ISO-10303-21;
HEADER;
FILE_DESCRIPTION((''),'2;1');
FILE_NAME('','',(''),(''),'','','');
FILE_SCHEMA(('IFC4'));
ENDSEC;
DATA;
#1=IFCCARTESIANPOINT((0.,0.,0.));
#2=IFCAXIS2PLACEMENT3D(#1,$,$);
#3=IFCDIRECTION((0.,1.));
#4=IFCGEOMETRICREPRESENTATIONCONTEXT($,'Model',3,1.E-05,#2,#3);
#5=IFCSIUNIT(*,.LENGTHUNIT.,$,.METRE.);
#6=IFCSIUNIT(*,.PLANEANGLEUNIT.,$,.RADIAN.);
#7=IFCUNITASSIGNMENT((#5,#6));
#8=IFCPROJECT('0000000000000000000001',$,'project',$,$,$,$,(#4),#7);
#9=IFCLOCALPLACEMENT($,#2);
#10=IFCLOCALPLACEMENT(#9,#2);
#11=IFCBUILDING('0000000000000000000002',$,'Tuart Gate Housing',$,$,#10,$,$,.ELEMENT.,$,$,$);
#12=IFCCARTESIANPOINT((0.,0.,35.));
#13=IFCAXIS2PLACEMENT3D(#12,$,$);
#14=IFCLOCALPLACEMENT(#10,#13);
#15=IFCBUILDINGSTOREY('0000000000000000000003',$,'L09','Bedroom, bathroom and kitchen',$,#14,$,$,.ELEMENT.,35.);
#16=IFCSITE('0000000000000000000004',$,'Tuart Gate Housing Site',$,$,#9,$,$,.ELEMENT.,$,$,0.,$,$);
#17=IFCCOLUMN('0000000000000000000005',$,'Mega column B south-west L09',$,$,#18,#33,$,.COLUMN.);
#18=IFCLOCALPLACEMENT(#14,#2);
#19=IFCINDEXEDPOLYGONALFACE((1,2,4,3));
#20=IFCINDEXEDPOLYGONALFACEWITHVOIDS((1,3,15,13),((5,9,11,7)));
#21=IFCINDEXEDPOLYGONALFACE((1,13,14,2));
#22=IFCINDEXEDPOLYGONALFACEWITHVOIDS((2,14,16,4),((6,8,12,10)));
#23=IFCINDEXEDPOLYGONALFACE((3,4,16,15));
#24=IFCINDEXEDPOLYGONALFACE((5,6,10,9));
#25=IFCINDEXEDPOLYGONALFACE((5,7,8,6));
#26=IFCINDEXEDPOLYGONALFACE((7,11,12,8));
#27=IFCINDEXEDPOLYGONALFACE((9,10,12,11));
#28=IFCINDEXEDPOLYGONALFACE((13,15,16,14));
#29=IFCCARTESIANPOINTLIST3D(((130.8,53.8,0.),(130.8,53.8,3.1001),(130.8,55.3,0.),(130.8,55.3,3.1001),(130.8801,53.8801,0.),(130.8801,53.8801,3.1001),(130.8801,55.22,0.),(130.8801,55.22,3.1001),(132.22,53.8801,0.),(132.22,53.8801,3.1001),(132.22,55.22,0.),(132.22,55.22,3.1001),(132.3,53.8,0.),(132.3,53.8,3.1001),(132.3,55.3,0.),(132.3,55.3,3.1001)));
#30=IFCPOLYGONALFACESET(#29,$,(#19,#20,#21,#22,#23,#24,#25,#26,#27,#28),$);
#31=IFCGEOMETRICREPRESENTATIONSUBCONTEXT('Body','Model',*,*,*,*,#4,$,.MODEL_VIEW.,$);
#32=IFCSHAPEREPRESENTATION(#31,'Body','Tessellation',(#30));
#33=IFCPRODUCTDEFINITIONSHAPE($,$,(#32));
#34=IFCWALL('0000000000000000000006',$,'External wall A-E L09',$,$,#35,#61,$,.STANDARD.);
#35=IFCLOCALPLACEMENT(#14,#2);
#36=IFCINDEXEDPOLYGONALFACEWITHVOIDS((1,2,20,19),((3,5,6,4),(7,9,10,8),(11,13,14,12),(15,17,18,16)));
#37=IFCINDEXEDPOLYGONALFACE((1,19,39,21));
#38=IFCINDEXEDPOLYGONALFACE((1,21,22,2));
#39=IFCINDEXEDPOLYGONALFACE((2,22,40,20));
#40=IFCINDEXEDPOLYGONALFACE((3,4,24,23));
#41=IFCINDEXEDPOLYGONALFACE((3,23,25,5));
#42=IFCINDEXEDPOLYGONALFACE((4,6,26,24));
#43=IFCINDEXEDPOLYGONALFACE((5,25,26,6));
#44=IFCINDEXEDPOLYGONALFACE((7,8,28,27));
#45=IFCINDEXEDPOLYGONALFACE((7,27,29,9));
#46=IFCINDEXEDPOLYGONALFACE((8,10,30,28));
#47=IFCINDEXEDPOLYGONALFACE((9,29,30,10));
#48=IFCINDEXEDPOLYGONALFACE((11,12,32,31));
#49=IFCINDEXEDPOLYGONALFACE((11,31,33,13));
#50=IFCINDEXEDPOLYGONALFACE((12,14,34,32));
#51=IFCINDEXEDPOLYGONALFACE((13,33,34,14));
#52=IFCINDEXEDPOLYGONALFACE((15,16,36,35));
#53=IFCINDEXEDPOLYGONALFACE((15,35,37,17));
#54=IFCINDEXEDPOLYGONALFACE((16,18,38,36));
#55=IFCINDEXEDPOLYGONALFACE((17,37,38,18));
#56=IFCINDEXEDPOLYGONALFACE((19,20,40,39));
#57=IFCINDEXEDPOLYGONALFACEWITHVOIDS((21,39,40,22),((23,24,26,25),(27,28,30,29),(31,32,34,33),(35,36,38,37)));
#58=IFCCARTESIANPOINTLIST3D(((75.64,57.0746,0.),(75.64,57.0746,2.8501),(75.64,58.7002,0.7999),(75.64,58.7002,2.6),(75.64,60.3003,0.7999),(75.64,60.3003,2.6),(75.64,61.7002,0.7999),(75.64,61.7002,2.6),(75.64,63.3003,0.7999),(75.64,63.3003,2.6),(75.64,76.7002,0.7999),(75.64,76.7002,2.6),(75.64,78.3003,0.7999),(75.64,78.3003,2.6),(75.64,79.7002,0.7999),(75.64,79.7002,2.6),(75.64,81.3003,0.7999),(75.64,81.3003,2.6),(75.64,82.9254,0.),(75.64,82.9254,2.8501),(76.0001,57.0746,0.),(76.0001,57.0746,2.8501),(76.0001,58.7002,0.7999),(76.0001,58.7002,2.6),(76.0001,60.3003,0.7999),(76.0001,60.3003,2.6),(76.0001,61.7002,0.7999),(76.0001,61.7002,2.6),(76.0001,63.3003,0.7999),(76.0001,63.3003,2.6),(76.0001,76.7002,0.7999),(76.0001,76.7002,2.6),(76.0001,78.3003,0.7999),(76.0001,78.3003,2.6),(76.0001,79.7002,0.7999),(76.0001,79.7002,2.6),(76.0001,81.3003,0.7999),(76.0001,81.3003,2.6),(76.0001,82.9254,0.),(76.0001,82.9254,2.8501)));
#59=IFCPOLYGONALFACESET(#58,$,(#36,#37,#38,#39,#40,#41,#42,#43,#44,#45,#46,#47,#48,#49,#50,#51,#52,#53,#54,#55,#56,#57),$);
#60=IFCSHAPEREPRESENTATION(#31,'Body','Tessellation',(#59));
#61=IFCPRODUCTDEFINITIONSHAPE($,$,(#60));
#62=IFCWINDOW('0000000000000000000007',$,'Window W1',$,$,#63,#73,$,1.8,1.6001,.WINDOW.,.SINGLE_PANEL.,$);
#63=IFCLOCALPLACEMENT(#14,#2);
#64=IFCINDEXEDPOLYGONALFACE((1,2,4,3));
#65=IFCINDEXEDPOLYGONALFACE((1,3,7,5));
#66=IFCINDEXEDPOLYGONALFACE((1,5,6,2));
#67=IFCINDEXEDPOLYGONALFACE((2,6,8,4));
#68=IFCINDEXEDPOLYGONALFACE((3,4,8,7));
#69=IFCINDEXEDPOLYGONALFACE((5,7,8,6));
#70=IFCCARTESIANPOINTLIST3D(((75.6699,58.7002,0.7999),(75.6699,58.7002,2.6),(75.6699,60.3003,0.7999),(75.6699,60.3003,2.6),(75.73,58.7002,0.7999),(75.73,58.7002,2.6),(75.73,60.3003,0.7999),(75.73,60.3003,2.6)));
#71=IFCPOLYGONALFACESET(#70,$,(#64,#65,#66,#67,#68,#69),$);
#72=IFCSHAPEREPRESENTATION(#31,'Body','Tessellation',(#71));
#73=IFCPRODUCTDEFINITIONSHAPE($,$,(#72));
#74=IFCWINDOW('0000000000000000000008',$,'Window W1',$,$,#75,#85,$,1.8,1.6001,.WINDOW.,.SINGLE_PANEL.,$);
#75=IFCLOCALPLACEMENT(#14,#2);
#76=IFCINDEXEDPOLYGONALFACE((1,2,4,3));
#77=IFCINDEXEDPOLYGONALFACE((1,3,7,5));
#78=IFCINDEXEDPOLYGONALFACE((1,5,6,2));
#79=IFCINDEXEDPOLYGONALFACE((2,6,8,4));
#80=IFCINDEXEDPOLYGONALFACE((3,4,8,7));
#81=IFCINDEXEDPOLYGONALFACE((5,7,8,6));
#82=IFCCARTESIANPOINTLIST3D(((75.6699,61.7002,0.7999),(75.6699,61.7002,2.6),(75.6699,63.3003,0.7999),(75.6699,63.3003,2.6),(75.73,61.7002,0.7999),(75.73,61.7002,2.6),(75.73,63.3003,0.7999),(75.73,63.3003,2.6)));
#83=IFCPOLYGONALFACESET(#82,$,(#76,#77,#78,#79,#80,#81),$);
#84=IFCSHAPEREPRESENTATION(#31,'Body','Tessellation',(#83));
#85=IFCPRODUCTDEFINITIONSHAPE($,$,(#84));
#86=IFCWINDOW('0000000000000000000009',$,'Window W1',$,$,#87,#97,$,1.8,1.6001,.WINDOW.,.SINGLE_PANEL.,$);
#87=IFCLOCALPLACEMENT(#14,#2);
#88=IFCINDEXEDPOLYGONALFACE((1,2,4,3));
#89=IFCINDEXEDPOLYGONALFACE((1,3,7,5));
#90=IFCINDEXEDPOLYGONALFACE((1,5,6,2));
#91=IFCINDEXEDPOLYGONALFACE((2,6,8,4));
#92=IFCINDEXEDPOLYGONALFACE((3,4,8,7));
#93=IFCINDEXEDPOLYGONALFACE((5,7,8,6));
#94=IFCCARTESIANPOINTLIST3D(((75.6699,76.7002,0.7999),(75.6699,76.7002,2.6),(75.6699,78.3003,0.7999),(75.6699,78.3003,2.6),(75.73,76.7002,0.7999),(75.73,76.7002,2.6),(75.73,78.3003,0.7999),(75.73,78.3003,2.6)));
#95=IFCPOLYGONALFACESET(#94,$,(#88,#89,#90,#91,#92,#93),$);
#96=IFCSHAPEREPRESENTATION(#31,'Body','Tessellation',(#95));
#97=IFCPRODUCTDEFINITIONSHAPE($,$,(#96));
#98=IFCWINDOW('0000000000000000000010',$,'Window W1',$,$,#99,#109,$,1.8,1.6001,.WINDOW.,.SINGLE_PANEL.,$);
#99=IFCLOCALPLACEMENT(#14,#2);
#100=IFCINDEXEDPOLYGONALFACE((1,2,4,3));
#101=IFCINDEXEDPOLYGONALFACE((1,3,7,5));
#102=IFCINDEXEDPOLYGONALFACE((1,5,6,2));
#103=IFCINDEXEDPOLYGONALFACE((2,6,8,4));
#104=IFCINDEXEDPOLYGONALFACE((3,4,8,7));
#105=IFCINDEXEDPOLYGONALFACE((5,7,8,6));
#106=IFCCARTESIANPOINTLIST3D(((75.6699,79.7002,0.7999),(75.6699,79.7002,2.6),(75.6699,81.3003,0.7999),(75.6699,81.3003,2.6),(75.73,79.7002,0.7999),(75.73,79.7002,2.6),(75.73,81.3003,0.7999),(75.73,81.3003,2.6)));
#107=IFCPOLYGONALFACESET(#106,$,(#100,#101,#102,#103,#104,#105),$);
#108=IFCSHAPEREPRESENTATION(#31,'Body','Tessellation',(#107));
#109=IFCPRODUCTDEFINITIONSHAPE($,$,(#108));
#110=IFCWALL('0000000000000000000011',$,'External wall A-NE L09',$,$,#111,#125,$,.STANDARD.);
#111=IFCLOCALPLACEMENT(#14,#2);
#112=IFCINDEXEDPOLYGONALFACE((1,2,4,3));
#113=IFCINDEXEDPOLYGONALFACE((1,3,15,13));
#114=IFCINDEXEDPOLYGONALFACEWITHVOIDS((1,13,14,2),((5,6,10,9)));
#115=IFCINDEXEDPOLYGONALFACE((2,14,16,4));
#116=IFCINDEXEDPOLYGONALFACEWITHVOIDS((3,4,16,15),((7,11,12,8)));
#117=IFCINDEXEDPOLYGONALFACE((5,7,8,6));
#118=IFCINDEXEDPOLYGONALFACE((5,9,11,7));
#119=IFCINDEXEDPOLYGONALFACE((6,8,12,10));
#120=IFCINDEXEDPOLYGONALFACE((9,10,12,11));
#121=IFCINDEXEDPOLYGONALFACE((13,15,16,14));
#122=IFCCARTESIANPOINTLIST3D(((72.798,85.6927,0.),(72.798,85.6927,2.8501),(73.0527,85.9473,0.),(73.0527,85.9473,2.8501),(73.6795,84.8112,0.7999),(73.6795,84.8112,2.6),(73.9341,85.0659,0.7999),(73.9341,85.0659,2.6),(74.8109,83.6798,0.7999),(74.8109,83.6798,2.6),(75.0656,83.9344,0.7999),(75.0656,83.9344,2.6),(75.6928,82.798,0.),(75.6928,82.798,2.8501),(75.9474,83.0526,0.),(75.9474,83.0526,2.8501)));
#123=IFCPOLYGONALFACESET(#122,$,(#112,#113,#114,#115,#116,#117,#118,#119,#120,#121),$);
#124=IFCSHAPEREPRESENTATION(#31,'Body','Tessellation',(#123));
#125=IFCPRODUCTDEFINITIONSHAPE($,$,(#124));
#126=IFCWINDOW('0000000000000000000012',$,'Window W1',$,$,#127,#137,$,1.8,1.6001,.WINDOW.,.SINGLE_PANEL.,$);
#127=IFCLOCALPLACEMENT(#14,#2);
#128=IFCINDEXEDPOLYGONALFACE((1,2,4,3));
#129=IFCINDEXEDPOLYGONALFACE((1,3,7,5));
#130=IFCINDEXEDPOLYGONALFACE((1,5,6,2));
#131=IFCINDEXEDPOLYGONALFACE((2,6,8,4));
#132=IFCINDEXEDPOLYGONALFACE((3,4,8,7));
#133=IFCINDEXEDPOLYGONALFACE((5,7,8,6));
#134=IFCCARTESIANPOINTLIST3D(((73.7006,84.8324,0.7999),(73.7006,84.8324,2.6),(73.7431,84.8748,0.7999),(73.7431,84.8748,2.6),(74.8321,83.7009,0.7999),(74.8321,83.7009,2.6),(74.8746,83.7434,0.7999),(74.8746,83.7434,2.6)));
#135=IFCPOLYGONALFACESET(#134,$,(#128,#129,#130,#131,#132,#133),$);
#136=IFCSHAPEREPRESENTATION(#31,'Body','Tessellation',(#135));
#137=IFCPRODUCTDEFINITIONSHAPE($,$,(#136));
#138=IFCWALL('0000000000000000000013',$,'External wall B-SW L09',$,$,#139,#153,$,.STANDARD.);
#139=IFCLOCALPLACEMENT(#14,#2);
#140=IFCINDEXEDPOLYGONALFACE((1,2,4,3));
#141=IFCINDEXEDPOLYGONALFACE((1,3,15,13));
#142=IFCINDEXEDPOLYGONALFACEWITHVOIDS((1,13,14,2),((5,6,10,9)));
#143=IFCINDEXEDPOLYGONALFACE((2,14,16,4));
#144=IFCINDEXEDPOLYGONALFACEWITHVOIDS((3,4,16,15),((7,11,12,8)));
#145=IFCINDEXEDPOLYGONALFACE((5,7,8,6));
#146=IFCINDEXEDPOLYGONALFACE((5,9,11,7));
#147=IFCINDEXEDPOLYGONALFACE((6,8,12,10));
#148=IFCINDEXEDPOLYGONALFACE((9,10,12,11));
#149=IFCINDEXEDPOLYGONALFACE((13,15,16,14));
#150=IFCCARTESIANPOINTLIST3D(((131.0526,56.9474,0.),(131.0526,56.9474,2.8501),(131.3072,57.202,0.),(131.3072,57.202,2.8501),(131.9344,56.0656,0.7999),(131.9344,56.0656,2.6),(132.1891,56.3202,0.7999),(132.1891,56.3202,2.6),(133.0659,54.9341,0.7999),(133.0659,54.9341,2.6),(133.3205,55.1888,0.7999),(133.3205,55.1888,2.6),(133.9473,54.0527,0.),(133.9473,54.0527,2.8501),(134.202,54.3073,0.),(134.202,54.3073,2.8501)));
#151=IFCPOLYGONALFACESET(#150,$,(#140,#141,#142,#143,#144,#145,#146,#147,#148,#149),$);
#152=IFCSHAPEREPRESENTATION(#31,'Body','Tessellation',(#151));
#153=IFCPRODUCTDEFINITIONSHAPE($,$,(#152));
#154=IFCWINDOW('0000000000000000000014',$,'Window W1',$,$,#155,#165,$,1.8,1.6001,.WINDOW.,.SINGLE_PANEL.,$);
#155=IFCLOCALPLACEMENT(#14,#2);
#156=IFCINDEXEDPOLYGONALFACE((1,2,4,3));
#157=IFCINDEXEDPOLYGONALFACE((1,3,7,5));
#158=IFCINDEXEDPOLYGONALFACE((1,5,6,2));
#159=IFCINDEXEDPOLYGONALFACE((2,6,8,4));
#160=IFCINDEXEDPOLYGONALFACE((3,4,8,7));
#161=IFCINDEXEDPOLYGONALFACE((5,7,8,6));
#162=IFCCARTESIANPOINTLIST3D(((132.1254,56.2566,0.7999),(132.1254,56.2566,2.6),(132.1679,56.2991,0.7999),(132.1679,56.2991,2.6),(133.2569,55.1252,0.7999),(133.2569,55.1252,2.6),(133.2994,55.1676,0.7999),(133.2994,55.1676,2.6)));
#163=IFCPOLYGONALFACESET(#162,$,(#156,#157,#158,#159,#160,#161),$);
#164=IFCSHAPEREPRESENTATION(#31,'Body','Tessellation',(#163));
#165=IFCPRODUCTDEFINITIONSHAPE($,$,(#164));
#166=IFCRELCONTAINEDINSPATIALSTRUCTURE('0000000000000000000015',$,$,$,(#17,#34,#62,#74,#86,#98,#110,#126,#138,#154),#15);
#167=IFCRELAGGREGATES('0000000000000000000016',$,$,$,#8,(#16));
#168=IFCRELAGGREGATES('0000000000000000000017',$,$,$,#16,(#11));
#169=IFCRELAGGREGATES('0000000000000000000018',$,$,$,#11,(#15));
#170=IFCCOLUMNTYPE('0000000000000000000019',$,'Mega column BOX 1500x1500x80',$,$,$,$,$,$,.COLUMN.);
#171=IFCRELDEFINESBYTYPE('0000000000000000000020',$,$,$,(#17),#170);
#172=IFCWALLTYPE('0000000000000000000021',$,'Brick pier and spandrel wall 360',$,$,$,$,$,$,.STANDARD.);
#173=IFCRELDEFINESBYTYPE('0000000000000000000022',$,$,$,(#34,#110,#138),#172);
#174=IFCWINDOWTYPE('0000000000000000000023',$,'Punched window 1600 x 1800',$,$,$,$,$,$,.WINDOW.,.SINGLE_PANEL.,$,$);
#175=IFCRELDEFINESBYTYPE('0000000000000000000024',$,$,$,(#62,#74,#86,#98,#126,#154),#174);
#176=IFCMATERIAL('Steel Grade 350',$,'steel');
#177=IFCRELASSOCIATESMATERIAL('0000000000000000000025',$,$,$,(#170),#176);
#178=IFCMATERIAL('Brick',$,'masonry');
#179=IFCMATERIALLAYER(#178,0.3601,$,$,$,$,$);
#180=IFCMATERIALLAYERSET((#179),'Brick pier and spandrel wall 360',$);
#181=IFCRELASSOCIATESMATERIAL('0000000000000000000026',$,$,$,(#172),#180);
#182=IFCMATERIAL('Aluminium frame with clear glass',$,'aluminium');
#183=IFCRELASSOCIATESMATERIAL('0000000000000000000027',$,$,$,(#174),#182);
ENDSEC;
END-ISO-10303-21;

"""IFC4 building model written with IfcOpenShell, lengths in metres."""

from ifc_helpers import new_model, si_unit, direction, frame, frame_2d, origin, origin_2d, place, context, subcontext, project, spatial, rectangle, hollow_rectangle, extrude, material, layer, layer_set, material_profile, profile_set, type_object, element, fill, save


model = new_model("IFC4")

# Units and contexts
model_context = context("Model", 3, precision=1e-05, world=origin(), true_north=direction((0.0, 1.0)))
body_context = subcontext(model_context, "Body", "Model", "MODEL_VIEW")
ifc_project = project(units=[si_unit("LENGTHUNIT", "METRE"), si_unit("PLANEANGLEUNIT", "RADIAN")], contexts=[model_context])

# Site, building, storey
site_placement = place(None, origin())
site = spatial("IfcSite", under=ifc_project, at=site_placement, Name="Tuart Gate Housing Site", CompositionType="ELEMENT", RefElevation=0.0)
building_placement = place(site_placement, origin())
building = spatial("IfcBuilding", under=site, at=building_placement, Name="Tuart Gate Housing", CompositionType="ELEMENT")
storey_placement = place(building_placement, frame((0.0, 0.0, 35.0)))
storey = spatial("IfcBuildingStorey", under=building, at=storey_placement, Name="L09", Description="Bedroom, bathroom and kitchen", CompositionType="ELEMENT", Elevation=35.0)

# Column
ifc_material_1 = material(Name="Steel Grade 350", Category="steel")
ifc_material_profile = material_profile(ifc_material_1, hollow_rectangle(XDim=1.5, YDim=1.5, WallThickness=0.0801, at=origin_2d()), Name="BOX 1500x1500x80")
ifc_profile_set = profile_set([ifc_material_profile], Name="Steel Grade 350")
column_type = type_object("IfcColumnType", Name="Mega column BOX 1500x1500x80", PredefinedType="COLUMN", material=ifc_profile_set)
column_placement = place(storey_placement, frame((131.55, 54.55, 0.0), z_axis=(0.0, 0.0, 1.0), x_axis=(1.0, 0.0, 0.0)))
element("IfcColumn", 1, at=column_placement, inside=storey, type_object=column_type, Name="Mega column B south-west L09", PredefinedType="COLUMN", context=body_context, shape_type="SweptSolid", body=[
    extrude(hollow_rectangle(XDim=1.5, YDim=1.5, WallThickness=0.0801, at=origin_2d()), origin(), (0.0, 0.0, 1.0), 3.1001),
])

# Wall, openings, windows
ifc_material_2 = material(Name="Brick", Category="masonry")
ifc_layer_1 = layer(ifc_material_2, 0.3601)
ifc_layer_set_1 = layer_set([ifc_layer_1], Name="Brick pier and spandrel wall 360")
wall_type_1 = type_object("IfcWallType", Name="Brick pier and spandrel wall 360", PredefinedType="STANDARD", material=ifc_layer_set_1)
wall_1_placement = place(storey_placement, frame((75.8201, 57.0747, 0.0), z_axis=(0.0, 0.0, 1.0), x_axis=(0.0, 1.0, 0.0)))
wall_1 = element("IfcWall", 2, at=wall_1_placement, inside=storey, type_object=wall_type_1, Name="External wall A-E L09", PredefinedType="STANDARD", context=body_context, shape_type="SweptSolid", body=[
    extrude(rectangle(XDim=25.8508, YDim=0.3601, at=frame_2d((12.9253, 0.0))), origin(), (0.0, 0.0, 1.0), 2.8501),
])
opening_1_placement = place(wall_1_placement, frame((1.6255, 0.0, 0.8)))
opening_1 = element("IfcOpeningElement", 3, at=opening_1_placement, cuts=wall_1, PredefinedType="OPENING", context=body_context, shape_type="SweptSolid", body=[
    extrude(rectangle(XDim=1.6001, YDim=1.8, at=frame_2d((0.8, 0.8999))), frame((0.0, 0.1899, 0.0), z_axis=(0.0, -1.0, 0.0), x_axis=(1.0, 0.0, 0.0)), (0.0, 0.0, 1.0), 0.3801),
])
opening_2_placement = place(wall_1_placement, frame((4.6255, 0.0, 0.8)))
opening_2 = element("IfcOpeningElement", 4, at=opening_2_placement, cuts=wall_1, PredefinedType="OPENING", context=body_context, shape_type="SweptSolid", body=[
    extrude(rectangle(XDim=1.6001, YDim=1.8, at=frame_2d((0.8, 0.8999))), frame((0.0, 0.1899, 0.0), z_axis=(0.0, -1.0, 0.0), x_axis=(1.0, 0.0, 0.0)), (0.0, 0.0, 1.0), 0.3801),
])
opening_3_placement = place(wall_1_placement, frame((19.6255, 0.0, 0.8)))
opening_3 = element("IfcOpeningElement", 5, at=opening_3_placement, cuts=wall_1, PredefinedType="OPENING", context=body_context, shape_type="SweptSolid", body=[
    extrude(rectangle(XDim=1.6001, YDim=1.8, at=frame_2d((0.8, 0.8999))), frame((0.0, 0.1899, 0.0), z_axis=(0.0, -1.0, 0.0), x_axis=(1.0, 0.0, 0.0)), (0.0, 0.0, 1.0), 0.3801),
])
opening_4_placement = place(wall_1_placement, frame((22.6255, 0.0, 0.8)))
opening_4 = element("IfcOpeningElement", 6, at=opening_4_placement, cuts=wall_1, PredefinedType="OPENING", context=body_context, shape_type="SweptSolid", body=[
    extrude(rectangle(XDim=1.6001, YDim=1.8, at=frame_2d((0.8, 0.8999))), frame((0.0, 0.1899, 0.0), z_axis=(0.0, -1.0, 0.0), x_axis=(1.0, 0.0, 0.0)), (0.0, 0.0, 1.0), 0.3801),
])
ifc_material_3 = material(Name="Aluminium frame with clear glass", Category="aluminium")
window_type = type_object("IfcWindowType", Name="Punched window 1600 x 1800", PartitioningType="SINGLE_PANEL", PredefinedType="WINDOW", material=ifc_material_3)
window_1_placement = place(opening_1_placement, origin())
window_1 = element("IfcWindow", 7, at=window_1_placement, inside=storey, type_object=window_type, Name="Window W1", OverallHeight=1.8, OverallWidth=1.6001, PartitioningType="SINGLE_PANEL", PredefinedType="WINDOW", context=body_context, shape_type="SweptSolid", body=[
    extrude(rectangle(XDim=1.6001, YDim=1.8, at=frame_2d((0.8, 0.8999))), frame((0.0, 0.1501, 0.0), z_axis=(0.0, -1.0, 0.0), x_axis=(1.0, 0.0, 0.0)), (0.0, 0.0, 1.0), 0.0601),
])
fill(opening_1, window_1)
window_2_placement = place(opening_2_placement, origin())
window_2 = element("IfcWindow", 8, at=window_2_placement, inside=storey, type_object=window_type, Name="Window W1", OverallHeight=1.8, OverallWidth=1.6001, PartitioningType="SINGLE_PANEL", PredefinedType="WINDOW", context=body_context, shape_type="SweptSolid", body=[
    extrude(rectangle(XDim=1.6001, YDim=1.8, at=frame_2d((0.8, 0.8999))), frame((0.0, 0.1501, 0.0), z_axis=(0.0, -1.0, 0.0), x_axis=(1.0, 0.0, 0.0)), (0.0, 0.0, 1.0), 0.0601),
])
fill(opening_2, window_2)
window_3_placement = place(opening_3_placement, origin())
window_3 = element("IfcWindow", 9, at=window_3_placement, inside=storey, type_object=window_type, Name="Window W1", OverallHeight=1.8, OverallWidth=1.6001, PartitioningType="SINGLE_PANEL", PredefinedType="WINDOW", context=body_context, shape_type="SweptSolid", body=[
    extrude(rectangle(XDim=1.6001, YDim=1.8, at=frame_2d((0.8, 0.8999))), frame((0.0, 0.1501, 0.0), z_axis=(0.0, -1.0, 0.0), x_axis=(1.0, 0.0, 0.0)), (0.0, 0.0, 1.0), 0.0601),
])
fill(opening_3, window_3)
window_4_placement = place(opening_4_placement, origin())
window_4 = element("IfcWindow", 10, at=window_4_placement, inside=storey, type_object=window_type, Name="Window W1", OverallHeight=1.8, OverallWidth=1.6001, PartitioningType="SINGLE_PANEL", PredefinedType="WINDOW", context=body_context, shape_type="SweptSolid", body=[
    extrude(rectangle(XDim=1.6001, YDim=1.8, at=frame_2d((0.8, 0.8999))), frame((0.0, 0.1501, 0.0), z_axis=(0.0, -1.0, 0.0), x_axis=(1.0, 0.0, 0.0)), (0.0, 0.0, 1.0), 0.0601),
])
fill(opening_4, window_4)

# Walls, openings, windows
wall_2_placement = place(storey_placement, frame((75.8201, 82.9253, 0.0), z_axis=(0.0, 0.0, 1.0), x_axis=(-0.707107, 0.707107, 0.0)))
wall_2 = element("IfcWall", 11, at=wall_2_placement, inside=storey, type_object=wall_type_1, Name="External wall A-NE L09", PredefinedType="STANDARD", context=body_context, shape_type="SweptSolid", body=[
    extrude(rectangle(XDim=4.0938, YDim=0.3601, at=frame_2d((2.0469, 0.0))), origin(), (0.0, 0.0, 1.0), 2.8501),
])
opening_5_placement = place(wall_2_placement, frame((1.2471, 0.0, 0.8)))
opening_5 = element("IfcOpeningElement", 12, at=opening_5_placement, cuts=wall_2, PredefinedType="OPENING", context=body_context, shape_type="SweptSolid", body=[
    extrude(rectangle(XDim=1.6001, YDim=1.8, at=frame_2d((0.8, 0.8999))), frame((0.0, 0.1899, 0.0), z_axis=(0.0, -1.0, 0.0), x_axis=(1.0, 0.0, 0.0)), (0.0, 0.0, 1.0), 0.3801),
])
window_5_placement = place(opening_5_placement, origin())
window_5 = element("IfcWindow", 13, at=window_5_placement, inside=storey, type_object=window_type, Name="Window W1", OverallHeight=1.8, OverallWidth=1.6001, PartitioningType="SINGLE_PANEL", PredefinedType="WINDOW", context=body_context, shape_type="SweptSolid", body=[
    extrude(rectangle(XDim=1.6001, YDim=1.8, at=frame_2d((0.8, 0.8999))), frame((0.0, 0.1501, 0.0), z_axis=(0.0, -1.0, 0.0), x_axis=(1.0, 0.0, 0.0)), (0.0, 0.0, 1.0), 0.0601),
])
fill(opening_5, window_5)
wall_3_placement = place(storey_placement, frame((131.1799, 57.0747, 0.0), z_axis=(0.0, 0.0, 1.0), x_axis=(0.707107, -0.707107, 0.0)))
wall_3 = element("IfcWall", 14, at=wall_3_placement, inside=storey, type_object=wall_type_1, Name="External wall B-SW L09", PredefinedType="STANDARD", context=body_context, shape_type="SweptSolid", body=[
    extrude(rectangle(XDim=4.0938, YDim=0.3601, at=frame_2d((2.0469, 0.0))), origin(), (0.0, 0.0, 1.0), 2.8501),
])
opening_6_placement = place(wall_3_placement, frame((1.2471, 0.0, 0.8)))
opening_6 = element("IfcOpeningElement", 15, at=opening_6_placement, cuts=wall_3, PredefinedType="OPENING", context=body_context, shape_type="SweptSolid", body=[
    extrude(rectangle(XDim=1.6001, YDim=1.8, at=frame_2d((0.8, 0.8999))), frame((0.0, 0.1899, 0.0), z_axis=(0.0, -1.0, 0.0), x_axis=(1.0, 0.0, 0.0)), (0.0, 0.0, 1.0), 0.3801),
])
window_6_placement = place(opening_6_placement, origin())
window_6 = element("IfcWindow", 16, at=window_6_placement, inside=storey, type_object=window_type, Name="Window W1", OverallHeight=1.8, OverallWidth=1.6001, PartitioningType="SINGLE_PANEL", PredefinedType="WINDOW", context=body_context, shape_type="SweptSolid", body=[
    extrude(rectangle(XDim=1.6001, YDim=1.8, at=frame_2d((0.8, 0.8999))), frame((0.0, 0.1501, 0.0), z_axis=(0.0, -1.0, 0.0), x_axis=(1.0, 0.0, 0.0)), (0.0, 0.0, 1.0), 0.0601),
])
fill(opening_6, window_6)

save(model, "model.ifc")
